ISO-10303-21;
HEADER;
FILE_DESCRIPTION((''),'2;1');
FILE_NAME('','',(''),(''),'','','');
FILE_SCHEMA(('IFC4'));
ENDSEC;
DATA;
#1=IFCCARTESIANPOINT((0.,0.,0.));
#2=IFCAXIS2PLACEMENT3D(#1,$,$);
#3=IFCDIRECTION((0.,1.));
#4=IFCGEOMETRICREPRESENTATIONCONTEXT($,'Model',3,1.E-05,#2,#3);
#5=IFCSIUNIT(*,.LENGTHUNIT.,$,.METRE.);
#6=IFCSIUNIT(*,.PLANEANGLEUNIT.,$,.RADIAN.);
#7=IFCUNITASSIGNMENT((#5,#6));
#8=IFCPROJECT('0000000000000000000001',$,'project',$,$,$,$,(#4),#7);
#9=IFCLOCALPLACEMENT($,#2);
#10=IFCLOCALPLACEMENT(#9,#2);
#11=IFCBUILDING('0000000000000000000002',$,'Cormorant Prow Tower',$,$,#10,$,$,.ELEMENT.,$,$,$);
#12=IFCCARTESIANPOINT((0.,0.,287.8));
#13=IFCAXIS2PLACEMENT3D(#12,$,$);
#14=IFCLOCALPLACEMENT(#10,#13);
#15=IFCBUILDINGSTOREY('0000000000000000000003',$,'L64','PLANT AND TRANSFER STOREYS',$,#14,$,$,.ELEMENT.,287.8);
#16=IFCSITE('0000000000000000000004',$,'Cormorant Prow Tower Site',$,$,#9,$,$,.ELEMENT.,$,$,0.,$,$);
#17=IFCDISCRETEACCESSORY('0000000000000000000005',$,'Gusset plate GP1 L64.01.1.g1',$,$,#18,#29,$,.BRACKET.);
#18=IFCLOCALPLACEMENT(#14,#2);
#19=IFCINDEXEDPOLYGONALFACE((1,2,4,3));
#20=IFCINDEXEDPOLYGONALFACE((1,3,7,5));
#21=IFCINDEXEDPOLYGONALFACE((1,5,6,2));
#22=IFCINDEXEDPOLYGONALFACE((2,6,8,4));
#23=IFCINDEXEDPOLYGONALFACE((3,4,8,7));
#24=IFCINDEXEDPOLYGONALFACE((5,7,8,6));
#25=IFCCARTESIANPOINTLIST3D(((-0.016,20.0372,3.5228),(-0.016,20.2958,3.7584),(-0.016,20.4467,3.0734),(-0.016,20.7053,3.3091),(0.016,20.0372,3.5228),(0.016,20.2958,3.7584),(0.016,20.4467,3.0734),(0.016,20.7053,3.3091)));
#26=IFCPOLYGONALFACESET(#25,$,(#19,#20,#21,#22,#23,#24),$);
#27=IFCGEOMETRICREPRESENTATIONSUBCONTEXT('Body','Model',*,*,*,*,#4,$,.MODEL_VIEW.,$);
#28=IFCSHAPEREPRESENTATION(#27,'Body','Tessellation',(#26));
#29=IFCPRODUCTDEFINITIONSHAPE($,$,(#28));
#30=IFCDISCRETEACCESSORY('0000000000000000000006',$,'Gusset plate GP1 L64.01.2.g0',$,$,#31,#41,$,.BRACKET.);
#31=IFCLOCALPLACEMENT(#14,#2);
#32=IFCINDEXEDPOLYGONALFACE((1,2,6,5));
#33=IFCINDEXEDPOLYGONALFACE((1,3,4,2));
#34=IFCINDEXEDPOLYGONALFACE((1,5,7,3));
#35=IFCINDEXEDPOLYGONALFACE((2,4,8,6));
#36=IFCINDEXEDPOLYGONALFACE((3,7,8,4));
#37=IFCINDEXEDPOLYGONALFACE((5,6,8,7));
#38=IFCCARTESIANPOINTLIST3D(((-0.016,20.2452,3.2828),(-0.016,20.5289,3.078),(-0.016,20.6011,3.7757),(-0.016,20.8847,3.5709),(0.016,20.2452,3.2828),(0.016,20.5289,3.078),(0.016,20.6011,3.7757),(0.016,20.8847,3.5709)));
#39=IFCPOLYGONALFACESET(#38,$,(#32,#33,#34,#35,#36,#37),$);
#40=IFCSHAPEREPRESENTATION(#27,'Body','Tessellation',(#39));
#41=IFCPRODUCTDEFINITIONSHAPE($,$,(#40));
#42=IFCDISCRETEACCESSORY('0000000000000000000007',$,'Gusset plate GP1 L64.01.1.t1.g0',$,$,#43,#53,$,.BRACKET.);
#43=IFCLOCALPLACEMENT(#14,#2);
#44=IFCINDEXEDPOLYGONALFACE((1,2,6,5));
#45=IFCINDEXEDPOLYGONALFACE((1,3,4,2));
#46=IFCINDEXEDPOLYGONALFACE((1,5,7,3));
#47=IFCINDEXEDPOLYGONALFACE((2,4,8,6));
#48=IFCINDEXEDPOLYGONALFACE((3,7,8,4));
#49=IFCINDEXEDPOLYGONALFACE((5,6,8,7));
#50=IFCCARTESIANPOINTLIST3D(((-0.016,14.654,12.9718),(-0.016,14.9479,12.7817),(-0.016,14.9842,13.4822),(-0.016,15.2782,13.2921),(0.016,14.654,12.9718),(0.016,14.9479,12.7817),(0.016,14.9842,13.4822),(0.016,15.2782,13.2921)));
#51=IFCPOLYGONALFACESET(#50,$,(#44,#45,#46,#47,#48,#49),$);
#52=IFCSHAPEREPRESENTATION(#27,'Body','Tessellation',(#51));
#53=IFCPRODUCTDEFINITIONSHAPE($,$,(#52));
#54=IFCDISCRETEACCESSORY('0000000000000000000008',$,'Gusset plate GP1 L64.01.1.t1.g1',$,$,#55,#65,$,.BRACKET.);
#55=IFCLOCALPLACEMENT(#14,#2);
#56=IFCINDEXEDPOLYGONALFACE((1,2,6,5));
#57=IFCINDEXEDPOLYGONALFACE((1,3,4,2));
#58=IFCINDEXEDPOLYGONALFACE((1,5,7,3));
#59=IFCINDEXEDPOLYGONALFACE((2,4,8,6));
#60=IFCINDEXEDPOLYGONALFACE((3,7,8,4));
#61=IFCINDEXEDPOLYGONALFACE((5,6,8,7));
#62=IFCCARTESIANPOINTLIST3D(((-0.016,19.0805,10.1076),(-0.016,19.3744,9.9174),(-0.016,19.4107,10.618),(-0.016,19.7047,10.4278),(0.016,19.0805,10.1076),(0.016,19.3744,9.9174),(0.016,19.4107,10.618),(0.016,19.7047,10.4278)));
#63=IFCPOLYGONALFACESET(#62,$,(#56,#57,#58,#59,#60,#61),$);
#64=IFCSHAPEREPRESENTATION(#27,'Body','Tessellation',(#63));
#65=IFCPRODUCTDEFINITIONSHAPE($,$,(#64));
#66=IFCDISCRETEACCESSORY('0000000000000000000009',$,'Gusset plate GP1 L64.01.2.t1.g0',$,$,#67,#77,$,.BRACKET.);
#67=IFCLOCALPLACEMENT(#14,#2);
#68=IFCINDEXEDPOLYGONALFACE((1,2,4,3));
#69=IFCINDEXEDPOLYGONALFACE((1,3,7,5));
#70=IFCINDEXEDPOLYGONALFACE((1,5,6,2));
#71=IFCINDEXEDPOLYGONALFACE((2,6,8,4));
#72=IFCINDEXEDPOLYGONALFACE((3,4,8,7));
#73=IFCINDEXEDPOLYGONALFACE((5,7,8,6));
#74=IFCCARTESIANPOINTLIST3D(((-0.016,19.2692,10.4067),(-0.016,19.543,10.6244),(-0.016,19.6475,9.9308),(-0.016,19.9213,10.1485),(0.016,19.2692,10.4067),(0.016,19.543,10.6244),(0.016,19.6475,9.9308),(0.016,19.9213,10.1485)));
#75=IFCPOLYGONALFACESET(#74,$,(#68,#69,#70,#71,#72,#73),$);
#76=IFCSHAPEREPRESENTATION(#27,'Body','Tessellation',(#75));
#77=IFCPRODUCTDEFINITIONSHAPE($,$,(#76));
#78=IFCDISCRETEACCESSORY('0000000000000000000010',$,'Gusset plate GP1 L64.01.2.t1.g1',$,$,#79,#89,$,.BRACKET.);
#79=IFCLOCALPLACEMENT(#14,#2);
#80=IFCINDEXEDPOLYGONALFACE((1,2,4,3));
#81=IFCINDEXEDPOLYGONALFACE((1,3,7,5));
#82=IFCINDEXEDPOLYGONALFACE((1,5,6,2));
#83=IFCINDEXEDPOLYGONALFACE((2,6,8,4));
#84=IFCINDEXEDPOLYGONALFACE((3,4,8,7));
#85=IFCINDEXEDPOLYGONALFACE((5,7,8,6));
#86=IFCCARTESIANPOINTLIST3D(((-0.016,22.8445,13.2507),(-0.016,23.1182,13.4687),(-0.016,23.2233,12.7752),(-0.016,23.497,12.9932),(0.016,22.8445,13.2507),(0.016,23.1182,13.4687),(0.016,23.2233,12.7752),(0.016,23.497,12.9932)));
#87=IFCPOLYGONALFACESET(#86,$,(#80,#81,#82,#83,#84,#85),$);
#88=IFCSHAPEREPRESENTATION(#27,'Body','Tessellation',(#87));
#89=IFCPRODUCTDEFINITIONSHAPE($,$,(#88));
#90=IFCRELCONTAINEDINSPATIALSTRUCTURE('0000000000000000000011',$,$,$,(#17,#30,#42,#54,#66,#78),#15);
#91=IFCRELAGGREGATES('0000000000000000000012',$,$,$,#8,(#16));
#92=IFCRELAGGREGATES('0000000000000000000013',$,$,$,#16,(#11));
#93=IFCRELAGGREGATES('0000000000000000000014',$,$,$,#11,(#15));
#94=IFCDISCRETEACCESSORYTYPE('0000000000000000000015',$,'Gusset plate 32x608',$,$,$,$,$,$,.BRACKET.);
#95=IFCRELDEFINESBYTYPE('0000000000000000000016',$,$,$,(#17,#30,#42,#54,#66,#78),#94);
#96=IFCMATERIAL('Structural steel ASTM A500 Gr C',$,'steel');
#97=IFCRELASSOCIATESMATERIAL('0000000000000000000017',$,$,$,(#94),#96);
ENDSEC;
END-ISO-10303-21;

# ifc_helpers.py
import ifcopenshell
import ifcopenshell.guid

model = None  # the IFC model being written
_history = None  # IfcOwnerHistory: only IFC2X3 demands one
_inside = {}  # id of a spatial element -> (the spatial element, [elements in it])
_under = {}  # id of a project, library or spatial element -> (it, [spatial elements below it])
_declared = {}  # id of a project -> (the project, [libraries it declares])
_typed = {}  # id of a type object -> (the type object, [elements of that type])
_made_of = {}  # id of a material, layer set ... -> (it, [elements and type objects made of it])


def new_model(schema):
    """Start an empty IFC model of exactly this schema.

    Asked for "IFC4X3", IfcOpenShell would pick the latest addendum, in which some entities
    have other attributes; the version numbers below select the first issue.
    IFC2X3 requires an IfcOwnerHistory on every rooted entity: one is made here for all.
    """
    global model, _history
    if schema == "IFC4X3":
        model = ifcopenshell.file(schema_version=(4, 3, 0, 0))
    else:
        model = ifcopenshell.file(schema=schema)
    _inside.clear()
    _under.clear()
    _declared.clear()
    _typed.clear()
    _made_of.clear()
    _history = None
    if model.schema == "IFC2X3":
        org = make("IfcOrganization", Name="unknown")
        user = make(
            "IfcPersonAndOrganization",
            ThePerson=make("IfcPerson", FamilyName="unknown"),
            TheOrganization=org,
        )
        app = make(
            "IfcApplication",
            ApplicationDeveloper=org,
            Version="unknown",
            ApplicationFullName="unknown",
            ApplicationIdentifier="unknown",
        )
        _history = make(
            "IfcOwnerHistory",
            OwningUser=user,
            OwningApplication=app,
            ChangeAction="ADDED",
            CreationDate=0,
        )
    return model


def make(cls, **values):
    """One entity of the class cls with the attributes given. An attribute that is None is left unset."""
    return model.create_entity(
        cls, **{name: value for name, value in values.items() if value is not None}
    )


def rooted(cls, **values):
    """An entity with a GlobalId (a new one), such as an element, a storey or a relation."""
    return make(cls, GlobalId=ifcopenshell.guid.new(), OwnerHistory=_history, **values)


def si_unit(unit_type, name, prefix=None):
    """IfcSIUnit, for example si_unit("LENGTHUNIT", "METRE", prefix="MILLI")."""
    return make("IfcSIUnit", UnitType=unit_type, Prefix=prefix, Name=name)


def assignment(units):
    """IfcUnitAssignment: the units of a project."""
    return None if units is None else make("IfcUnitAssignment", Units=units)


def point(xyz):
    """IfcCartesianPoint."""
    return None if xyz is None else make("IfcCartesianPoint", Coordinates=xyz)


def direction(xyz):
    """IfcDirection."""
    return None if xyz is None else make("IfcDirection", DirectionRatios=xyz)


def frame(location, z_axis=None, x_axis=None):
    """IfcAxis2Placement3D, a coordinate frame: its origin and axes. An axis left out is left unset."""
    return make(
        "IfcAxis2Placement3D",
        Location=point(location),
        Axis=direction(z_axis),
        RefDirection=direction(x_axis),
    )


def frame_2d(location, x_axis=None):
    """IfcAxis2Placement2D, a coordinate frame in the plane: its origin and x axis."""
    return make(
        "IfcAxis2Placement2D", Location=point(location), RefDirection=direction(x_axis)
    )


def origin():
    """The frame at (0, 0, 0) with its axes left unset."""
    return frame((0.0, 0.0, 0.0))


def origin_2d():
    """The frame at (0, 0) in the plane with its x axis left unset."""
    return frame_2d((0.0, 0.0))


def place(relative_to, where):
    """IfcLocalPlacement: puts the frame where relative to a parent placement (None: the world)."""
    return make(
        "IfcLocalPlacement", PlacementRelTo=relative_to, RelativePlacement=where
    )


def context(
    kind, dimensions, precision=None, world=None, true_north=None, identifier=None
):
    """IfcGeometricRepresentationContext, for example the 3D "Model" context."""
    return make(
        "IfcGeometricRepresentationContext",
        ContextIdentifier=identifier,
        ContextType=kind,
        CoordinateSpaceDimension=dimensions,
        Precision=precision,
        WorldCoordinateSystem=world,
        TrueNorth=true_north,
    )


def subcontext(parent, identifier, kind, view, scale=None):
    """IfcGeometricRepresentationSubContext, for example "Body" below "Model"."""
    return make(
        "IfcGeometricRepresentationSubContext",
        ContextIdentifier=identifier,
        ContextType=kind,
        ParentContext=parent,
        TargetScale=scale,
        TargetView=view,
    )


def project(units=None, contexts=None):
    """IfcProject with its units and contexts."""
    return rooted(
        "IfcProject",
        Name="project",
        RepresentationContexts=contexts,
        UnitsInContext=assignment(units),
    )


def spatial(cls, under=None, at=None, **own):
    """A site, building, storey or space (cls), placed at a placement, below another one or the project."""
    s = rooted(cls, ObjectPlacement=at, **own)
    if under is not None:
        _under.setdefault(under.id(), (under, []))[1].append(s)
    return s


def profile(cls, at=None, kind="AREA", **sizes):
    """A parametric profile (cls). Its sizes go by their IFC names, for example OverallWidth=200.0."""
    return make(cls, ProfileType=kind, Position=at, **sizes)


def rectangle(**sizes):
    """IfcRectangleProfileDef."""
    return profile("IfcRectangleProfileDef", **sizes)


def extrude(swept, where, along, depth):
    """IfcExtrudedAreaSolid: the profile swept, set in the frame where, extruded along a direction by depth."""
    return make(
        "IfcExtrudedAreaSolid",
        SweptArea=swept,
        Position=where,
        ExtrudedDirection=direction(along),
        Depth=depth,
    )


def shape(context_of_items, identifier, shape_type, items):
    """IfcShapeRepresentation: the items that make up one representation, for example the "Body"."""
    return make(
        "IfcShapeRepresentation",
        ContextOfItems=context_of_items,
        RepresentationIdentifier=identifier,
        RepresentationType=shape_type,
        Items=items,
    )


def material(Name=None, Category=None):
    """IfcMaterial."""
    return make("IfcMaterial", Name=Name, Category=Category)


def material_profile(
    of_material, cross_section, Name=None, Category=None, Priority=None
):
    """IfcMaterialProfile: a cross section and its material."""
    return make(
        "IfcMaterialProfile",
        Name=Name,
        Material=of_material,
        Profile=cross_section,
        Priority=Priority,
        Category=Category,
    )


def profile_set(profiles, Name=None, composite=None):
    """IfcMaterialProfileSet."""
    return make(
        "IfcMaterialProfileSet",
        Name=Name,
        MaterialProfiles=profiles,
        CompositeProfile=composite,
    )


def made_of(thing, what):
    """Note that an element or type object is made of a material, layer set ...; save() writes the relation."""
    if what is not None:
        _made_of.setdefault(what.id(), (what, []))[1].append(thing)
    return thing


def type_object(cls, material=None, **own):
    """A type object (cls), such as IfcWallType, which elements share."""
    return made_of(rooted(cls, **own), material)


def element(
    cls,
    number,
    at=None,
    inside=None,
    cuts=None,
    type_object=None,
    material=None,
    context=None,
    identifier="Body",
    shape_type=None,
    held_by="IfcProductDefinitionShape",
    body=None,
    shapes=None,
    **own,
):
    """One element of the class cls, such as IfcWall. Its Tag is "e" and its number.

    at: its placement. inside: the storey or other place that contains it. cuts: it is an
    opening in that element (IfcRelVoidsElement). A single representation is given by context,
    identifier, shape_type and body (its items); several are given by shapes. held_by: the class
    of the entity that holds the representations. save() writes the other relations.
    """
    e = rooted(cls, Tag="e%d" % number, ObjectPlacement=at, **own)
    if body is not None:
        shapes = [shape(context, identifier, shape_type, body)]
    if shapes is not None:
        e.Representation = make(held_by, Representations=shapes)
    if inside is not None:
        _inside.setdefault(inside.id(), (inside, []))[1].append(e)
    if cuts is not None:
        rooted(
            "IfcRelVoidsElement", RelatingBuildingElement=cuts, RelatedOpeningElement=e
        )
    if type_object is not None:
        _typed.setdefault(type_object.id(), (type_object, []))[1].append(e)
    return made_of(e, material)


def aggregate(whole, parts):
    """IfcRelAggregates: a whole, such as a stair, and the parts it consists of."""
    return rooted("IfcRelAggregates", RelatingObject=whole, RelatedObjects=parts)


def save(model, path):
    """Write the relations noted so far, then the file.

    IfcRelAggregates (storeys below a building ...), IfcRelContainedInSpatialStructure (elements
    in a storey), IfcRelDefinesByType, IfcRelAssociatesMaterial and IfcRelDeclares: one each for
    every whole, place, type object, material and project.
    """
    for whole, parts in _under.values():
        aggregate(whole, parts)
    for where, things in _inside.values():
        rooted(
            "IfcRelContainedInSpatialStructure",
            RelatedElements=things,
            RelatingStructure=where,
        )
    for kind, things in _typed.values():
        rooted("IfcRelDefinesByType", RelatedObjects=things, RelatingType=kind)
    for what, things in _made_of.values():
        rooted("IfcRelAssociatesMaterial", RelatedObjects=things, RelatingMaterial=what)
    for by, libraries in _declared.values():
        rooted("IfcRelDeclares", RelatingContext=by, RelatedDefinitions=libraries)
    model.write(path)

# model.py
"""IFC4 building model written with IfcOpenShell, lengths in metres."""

from ifc_helpers import new_model, si_unit, direction, frame, origin, origin_2d, place, context, subcontext, project, spatial, rectangle, extrude, material, material_profile, profile_set, type_object, element, save


model = new_model("IFC4")

# Units and contexts
model_context = context("Model", 3, precision=1e-05, world=origin(), true_north=direction((0.0, 1.0)))
body_context = subcontext(model_context, "Body", "Model", "MODEL_VIEW")
ifc_project = project(units=[si_unit("LENGTHUNIT", "METRE"), si_unit("PLANEANGLEUNIT", "RADIAN")], contexts=[model_context])

# Site, building, storey
site_placement = place(None, origin())
site = spatial("IfcSite", under=ifc_project, at=site_placement, Name="Cormorant Prow Tower Site", CompositionType="ELEMENT", RefElevation=0.0)
building_placement = place(site_placement, origin())
building = spatial("IfcBuilding", under=site, at=building_placement, Name="Cormorant Prow Tower", CompositionType="ELEMENT")
storey_placement = place(building_placement, frame((0.0, 0.0, 287.8)))
storey = spatial("IfcBuildingStorey", under=building, at=storey_placement, Name="L64", Description="PLANT AND TRANSFER STOREYS", CompositionType="ELEMENT", Elevation=287.8)

# Discrete accessories
ifc_material_1 = material(Name="Structural steel ASTM A500 Gr C", Category="steel")
ifc_material_profile_1 = material_profile(ifc_material_1, rectangle(XDim=0.032, YDim=0.6079, at=origin_2d()), Name="Gusset plate 32x608")
ifc_profile_set_1 = profile_set([ifc_material_profile_1], Name="Structural steel ASTM A500 Gr C")
discrete_accessory_type_1 = type_object("IfcDiscreteAccessoryType", Name="Gusset plate 32x608", PredefinedType="BRACKET", material=ifc_profile_set_1)
for number, where, z_axis, x_axis, name in (
    (1, (0.0, 20.2419, 3.2981), (0.0, 0.73915, 0.673541), (-1.0, 0.0, 0.0), "Gusset plate GP1 L64.01.1.g1"),
    (2, (0.0, 20.7068, 3.3245), (0.0, -0.810753, 0.585389), (1.0, 0.0, 0.0), "Gusset plate GP1 L64.01.2.g0"),
):
    element("IfcDiscreteAccessory", number, at=place(storey_placement, frame(where, z_axis=z_axis, x_axis=x_axis)), inside=storey, type_object=discrete_accessory_type_1, Name=name, PredefinedType="BRACKET", context=body_context, shape_type="SweptSolid", body=[
        extrude(rectangle(XDim=0.032, YDim=0.6079, at=origin_2d()), origin(), (0.0, 0.0, 1.0), 0.3499),
    ])
for number, where, z_axis, x_axis, name in (
    (3, (0.0, 15.113, 13.0369), (0.0, -0.839589, 0.543222), (1.0, 0.0, 0.0), "Gusset plate GP1 L64.01.1.t1.g0"),
    (4, (0.0, 19.2456, 10.3628), (0.0, 0.839589, -0.543222), (-1.0, 0.0, 0.0), "Gusset plate GP1 L64.01.1.t1.g1"),
):
    element("IfcDiscreteAccessory", number, at=place(storey_placement, frame(where, z_axis=z_axis, x_axis=x_axis)), inside=storey, type_object=discrete_accessory_type_1, Name=name, PredefinedType="BRACKET", context=body_context, shape_type="SweptSolid", body=[
        extrude(rectangle(XDim=0.032, YDim=0.6079, at=origin_2d()), origin(), (0.0, 0.0, 1.0), 0.3501),
    ])
for number, where, z_axis, x_axis, name in (
    (5, (0.0, 19.7322, 10.3865), (0.0, -0.782771, -0.62231), (1.0, 0.0, 0.0), "Gusset plate GP1 L64.01.2.t1.g0"),
    (6, (0.0, 23.0339, 13.0129), (0.0, 0.78216, 0.623077), (-1.0, 0.0, 0.0), "Gusset plate GP1 L64.01.2.t1.g1"),
):
    element("IfcDiscreteAccessory", number, at=place(storey_placement, frame(where, z_axis=z_axis, x_axis=x_axis)), inside=storey, type_object=discrete_accessory_type_1, Name=name, PredefinedType="BRACKET", context=body_context, shape_type="SweptSolid", body=[
        extrude(rectangle(XDim=0.032, YDim=0.6079, at=origin_2d()), origin(), (0.0, 0.0, 1.0), 0.3499),
    ])

save(model, "model.ifc")
